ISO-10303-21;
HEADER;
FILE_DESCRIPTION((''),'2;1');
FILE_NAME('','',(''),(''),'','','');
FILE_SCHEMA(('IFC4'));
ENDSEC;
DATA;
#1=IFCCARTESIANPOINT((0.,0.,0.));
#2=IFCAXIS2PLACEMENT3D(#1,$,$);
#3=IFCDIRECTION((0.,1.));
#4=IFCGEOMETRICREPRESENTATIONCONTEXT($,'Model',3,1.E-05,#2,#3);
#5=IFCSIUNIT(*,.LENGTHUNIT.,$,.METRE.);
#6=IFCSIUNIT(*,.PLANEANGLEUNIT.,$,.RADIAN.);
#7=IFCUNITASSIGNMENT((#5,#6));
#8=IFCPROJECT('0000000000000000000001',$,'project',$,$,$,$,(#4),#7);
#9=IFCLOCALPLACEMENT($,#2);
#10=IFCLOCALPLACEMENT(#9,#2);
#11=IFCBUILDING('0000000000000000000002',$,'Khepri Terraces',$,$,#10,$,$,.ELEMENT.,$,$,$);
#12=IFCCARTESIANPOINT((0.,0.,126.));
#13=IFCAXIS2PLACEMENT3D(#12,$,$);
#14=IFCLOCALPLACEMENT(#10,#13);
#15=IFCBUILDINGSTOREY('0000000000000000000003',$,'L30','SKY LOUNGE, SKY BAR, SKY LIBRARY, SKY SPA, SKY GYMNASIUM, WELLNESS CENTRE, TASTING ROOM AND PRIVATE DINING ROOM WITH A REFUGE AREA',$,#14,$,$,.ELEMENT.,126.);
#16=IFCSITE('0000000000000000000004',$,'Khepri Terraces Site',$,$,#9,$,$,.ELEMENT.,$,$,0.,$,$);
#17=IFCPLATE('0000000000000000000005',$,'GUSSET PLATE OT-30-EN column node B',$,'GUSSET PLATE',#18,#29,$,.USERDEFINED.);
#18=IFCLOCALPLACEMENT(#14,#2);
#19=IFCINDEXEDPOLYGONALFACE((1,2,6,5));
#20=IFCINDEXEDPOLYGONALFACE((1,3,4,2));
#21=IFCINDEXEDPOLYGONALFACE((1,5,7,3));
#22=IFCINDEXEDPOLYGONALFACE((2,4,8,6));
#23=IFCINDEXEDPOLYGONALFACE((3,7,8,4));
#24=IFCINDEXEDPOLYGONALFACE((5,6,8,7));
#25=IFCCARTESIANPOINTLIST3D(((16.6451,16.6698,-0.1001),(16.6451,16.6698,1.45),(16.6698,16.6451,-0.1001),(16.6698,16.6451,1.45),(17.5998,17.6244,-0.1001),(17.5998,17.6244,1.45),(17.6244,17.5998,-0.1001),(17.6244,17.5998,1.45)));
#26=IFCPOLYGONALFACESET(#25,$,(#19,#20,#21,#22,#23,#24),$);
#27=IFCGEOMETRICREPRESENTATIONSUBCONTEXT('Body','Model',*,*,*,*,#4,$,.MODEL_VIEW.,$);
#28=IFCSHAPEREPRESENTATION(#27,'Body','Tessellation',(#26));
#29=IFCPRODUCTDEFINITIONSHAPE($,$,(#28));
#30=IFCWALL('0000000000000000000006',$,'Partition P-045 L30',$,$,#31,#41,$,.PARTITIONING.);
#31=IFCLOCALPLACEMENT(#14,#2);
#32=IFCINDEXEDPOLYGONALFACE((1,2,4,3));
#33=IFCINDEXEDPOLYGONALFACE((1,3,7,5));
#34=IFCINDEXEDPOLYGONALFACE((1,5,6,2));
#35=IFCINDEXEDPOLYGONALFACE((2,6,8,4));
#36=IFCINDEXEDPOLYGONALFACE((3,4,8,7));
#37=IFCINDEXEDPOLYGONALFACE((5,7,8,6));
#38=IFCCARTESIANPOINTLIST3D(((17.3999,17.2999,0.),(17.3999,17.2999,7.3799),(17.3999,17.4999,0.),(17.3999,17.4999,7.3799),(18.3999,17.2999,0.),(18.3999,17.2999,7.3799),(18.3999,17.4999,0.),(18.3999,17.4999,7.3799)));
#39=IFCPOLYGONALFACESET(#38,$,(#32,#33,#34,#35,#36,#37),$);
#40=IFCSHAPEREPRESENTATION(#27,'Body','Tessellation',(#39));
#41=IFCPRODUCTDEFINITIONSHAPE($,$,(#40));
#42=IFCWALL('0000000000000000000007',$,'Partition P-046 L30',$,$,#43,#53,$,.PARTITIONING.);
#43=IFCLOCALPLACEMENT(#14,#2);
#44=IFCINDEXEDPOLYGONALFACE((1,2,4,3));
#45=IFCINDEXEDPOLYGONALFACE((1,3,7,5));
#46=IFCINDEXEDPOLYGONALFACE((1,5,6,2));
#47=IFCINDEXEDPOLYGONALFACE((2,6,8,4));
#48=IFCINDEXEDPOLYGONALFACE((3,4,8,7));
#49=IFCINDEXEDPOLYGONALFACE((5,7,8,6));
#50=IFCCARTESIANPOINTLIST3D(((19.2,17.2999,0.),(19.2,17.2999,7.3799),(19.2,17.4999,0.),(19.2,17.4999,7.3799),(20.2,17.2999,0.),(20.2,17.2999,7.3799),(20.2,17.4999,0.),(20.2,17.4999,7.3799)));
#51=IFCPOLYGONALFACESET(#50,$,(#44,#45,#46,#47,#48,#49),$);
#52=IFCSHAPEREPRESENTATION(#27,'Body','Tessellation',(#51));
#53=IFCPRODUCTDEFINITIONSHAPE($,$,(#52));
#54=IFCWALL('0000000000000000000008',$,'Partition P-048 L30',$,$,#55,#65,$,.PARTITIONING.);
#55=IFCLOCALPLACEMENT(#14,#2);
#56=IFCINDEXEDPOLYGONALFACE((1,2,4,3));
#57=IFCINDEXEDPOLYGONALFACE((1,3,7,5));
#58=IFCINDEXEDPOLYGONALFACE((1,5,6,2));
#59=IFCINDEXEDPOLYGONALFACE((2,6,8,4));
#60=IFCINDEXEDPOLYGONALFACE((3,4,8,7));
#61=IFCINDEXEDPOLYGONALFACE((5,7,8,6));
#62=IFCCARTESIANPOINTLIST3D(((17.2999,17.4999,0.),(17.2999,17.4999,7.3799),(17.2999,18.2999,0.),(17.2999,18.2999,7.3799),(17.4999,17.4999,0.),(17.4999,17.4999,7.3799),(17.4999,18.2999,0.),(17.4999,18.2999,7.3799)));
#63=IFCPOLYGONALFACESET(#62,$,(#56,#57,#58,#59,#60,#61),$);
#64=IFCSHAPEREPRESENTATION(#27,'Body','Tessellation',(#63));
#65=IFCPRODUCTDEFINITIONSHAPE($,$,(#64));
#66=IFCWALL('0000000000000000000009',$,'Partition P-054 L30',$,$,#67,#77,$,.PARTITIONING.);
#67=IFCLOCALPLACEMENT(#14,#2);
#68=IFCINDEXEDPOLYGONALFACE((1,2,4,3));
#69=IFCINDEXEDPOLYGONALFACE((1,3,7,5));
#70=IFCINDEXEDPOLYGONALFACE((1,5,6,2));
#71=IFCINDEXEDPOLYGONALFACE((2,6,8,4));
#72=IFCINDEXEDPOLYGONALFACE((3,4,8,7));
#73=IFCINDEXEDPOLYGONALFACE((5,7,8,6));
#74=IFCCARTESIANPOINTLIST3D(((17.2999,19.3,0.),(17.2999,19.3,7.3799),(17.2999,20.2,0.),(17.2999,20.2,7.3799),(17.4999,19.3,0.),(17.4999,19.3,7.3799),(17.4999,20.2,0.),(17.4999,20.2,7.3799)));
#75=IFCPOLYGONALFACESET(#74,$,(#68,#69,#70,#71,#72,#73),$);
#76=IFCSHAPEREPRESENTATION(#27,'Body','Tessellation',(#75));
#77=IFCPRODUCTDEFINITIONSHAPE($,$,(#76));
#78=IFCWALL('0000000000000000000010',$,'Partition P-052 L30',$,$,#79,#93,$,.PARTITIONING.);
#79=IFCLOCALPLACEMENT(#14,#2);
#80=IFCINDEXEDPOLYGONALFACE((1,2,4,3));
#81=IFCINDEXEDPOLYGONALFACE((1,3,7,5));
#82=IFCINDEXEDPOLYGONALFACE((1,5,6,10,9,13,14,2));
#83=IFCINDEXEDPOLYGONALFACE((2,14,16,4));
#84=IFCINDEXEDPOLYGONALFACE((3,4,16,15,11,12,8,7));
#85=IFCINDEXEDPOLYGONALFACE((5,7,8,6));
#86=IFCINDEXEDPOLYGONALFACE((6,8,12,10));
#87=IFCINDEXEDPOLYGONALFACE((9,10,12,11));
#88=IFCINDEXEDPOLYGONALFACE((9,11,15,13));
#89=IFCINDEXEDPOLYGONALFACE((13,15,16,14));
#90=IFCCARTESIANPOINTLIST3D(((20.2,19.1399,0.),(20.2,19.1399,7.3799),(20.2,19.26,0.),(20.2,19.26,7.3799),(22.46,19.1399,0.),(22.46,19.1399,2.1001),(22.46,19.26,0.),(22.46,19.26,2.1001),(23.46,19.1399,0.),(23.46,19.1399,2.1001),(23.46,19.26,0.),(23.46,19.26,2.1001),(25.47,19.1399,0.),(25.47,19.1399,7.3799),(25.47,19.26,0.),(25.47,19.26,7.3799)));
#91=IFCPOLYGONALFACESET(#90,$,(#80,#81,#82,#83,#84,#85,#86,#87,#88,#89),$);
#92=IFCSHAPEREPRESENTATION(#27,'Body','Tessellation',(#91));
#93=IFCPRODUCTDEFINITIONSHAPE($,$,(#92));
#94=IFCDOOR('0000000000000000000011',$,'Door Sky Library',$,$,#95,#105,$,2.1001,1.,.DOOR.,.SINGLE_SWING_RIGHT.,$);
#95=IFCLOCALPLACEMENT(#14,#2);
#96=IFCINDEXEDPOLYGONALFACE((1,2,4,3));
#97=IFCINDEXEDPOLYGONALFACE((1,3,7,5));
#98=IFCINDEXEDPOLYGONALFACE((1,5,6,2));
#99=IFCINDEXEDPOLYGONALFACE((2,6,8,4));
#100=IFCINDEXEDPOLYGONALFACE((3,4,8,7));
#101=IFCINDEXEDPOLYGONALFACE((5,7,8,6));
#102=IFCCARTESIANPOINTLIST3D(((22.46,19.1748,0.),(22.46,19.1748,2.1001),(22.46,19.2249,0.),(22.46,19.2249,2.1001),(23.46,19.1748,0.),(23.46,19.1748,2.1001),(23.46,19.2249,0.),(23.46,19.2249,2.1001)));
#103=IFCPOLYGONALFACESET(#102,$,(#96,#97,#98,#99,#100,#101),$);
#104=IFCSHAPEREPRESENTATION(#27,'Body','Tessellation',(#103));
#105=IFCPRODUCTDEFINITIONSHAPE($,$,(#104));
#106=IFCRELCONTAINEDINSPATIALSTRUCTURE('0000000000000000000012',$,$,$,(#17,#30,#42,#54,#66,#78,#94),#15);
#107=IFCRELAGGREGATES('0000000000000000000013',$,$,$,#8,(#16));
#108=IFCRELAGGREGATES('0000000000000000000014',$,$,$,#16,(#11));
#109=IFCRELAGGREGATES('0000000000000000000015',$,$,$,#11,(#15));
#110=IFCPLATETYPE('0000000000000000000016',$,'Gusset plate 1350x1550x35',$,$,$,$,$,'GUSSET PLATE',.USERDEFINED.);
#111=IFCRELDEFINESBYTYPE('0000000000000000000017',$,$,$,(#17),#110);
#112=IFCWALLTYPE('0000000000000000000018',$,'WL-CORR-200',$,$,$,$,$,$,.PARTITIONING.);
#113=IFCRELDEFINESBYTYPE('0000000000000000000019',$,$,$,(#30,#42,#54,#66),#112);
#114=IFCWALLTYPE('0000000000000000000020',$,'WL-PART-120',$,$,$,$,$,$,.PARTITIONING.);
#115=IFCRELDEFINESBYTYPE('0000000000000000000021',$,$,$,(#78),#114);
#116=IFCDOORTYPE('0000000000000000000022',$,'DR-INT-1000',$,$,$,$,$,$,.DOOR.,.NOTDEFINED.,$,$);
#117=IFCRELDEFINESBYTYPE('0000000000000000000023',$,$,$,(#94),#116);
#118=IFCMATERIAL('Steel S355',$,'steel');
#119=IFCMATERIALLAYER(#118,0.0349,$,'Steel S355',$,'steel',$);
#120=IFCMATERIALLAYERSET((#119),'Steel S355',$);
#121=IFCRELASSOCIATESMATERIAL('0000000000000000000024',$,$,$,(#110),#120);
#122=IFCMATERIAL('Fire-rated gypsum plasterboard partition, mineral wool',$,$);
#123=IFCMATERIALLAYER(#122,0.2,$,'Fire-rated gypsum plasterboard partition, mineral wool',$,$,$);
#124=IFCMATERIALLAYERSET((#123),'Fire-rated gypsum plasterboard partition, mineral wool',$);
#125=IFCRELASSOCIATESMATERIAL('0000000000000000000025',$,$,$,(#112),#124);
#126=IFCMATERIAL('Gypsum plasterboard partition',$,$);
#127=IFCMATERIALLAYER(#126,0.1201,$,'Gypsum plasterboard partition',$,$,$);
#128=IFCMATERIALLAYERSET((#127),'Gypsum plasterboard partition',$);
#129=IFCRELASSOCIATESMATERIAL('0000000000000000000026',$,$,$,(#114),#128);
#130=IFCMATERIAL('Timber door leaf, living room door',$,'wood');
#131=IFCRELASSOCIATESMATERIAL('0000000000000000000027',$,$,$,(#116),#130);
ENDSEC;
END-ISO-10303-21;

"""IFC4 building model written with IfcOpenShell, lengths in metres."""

from ifc_helpers import new_model, si_unit, direction, frame, frame_2d, origin, origin_2d, place, context, subcontext, project, spatial, rectangle, extrude, material, layer, layer_set, type_object, element, fill, save


model = new_model("IFC4")

# Units and contexts
model_context = context("Model", 3, precision=1e-05, world=origin(), true_north=direction((0.0, 1.0)))
body_context = subcontext(model_context, "Body", "Model", "MODEL_VIEW")
ifc_project = project(units=[si_unit("LENGTHUNIT", "METRE"), si_unit("PLANEANGLEUNIT", "RADIAN")], contexts=[model_context])

# Site, building, storey
site_placement = place(None, origin())
site = spatial("IfcSite", under=ifc_project, at=site_placement, Name="Khepri Terraces Site", CompositionType="ELEMENT", RefElevation=0.0)
building_placement = place(site_placement, origin())
building = spatial("IfcBuilding", under=site, at=building_placement, Name="Khepri Terraces", CompositionType="ELEMENT")
storey_placement = place(building_placement, frame((0.0, 0.0, 126.0)))
storey = spatial("IfcBuildingStorey", under=building, at=storey_placement, Name="L30", Description="SKY LOUNGE, SKY BAR, SKY LIBRARY, SKY SPA, SKY GYMNASIUM, WELLNESS CENTRE, TASTING ROOM AND PRIVATE DINING ROOM WITH A REFUGE AREA", CompositionType="ELEMENT", Elevation=126.0)

# Shared definitions
ifc_material_1 = material(Name="Steel S355", Category="steel")

# Plate
ifc_layer_1 = layer(ifc_material_1, 0.0349, Name="Steel S355", Category="steel")
ifc_layer_set_1 = layer_set([ifc_layer_1], Name="Steel S355")
plate_type_1 = type_object("IfcPlateType", Name="Gusset plate 1350x1550x35", ElementType="GUSSET PLATE", PredefinedType="USERDEFINED", material=ifc_layer_set_1)
plate_1_placement = place(storey_placement, frame((17.1348, 17.1348, -0.1001), z_axis=(0.0, 0.0, 1.0), x_axis=(0.707107, 0.707107, 0.0)))
element("IfcPlate", 1, at=plate_1_placement, inside=storey, type_object=plate_type_1, Name="GUSSET PLATE OT-30-EN column node B", ObjectType="GUSSET PLATE", PredefinedType="USERDEFINED", context=body_context, shape_type="SweptSolid", body=[
    extrude(rectangle(XDim=1.3501, YDim=0.0349, at=origin_2d()), origin(), (0.0, 0.0, 1.0), 1.55),
])

# Walls
ifc_material_2 = material(Name="Fire-rated gypsum plasterboard partition, mineral wool")
ifc_layer_2 = layer(ifc_material_2, 0.2, Name="Fire-rated gypsum plasterboard partition, mineral wool")
ifc_layer_set_2 = layer_set([ifc_layer_2], Name="Fire-rated gypsum plasterboard partition, mineral wool")
wall_type_1 = type_object("IfcWallType", Name="WL-CORR-200", PredefinedType="PARTITIONING", material=ifc_layer_set_2)
for number, where, z_axis, x_axis, name in (
    (2, (17.3999, 17.3999, 0.0), (0.0, 0.0, 1.0), (1.0, 0.0, 0.0), "Partition P-045 L30"),
    (3, (19.2, 17.3999, 0.0), (0.0, 0.0, 1.0), (1.0, 0.0, 0.0), "Partition P-046 L30"),
):
    element("IfcWall", number, at=place(storey_placement, frame(where, z_axis=z_axis, x_axis=x_axis)), inside=storey, type_object=wall_type_1, Name=name, PredefinedType="PARTITIONING", context=body_context, shape_type="SweptSolid", body=[
        extrude(rectangle(XDim=1.0, YDim=0.2, at=frame_2d((0.5, 0.0))), origin(), (0.0, 0.0, 1.0), 7.3799),
    ])
wall_1_placement = place(storey_placement, frame((17.3999, 17.5, 0.0), z_axis=(0.0, 0.0, 1.0), x_axis=(0.0, 1.0, 0.0)))
element("IfcWall", 4, at=wall_1_placement, inside=storey, type_object=wall_type_1, Name="Partition P-048 L30", PredefinedType="PARTITIONING", context=body_context, shape_type="SweptSolid", body=[
    extrude(rectangle(XDim=0.8, YDim=0.2, at=frame_2d((0.3999, 0.0))), origin(), (0.0, 0.0, 1.0), 7.3799),
])
wall_2_placement = place(storey_placement, frame((17.3999, 19.3, 0.0), z_axis=(0.0, 0.0, 1.0), x_axis=(0.0, 1.0, 0.0)))
element("IfcWall", 5, at=wall_2_placement, inside=storey, type_object=wall_type_1, Name="Partition P-054 L30", PredefinedType="PARTITIONING", context=body_context, shape_type="SweptSolid", body=[
    extrude(rectangle(XDim=0.8999, YDim=0.2, at=frame_2d((0.45, 0.0))), origin(), (0.0, 0.0, 1.0), 7.3799),
])

# Wall, opening, door
ifc_material_3 = material(Name="Gypsum plasterboard partition")
ifc_layer_3 = layer(ifc_material_3, 0.1201, Name="Gypsum plasterboard partition")
ifc_layer_set_3 = layer_set([ifc_layer_3], Name="Gypsum plasterboard partition")
wall_type_2 = type_object("IfcWallType", Name="WL-PART-120", PredefinedType="PARTITIONING", material=ifc_layer_set_3)
wall_3_placement = place(storey_placement, frame((20.2, 19.2, 0.0), z_axis=(0.0, 0.0, 1.0), x_axis=(1.0, 0.0, 0.0)))
wall_3 = element("IfcWall", 6, at=wall_3_placement, inside=storey, type_object=wall_type_2, Name="Partition P-052 L30", PredefinedType="PARTITIONING", context=body_context, shape_type="SweptSolid", body=[
    extrude(rectangle(XDim=5.27, YDim=0.1201, at=frame_2d((2.635, 0.0))), origin(), (0.0, 0.0, 1.0), 7.3799),
])
opening_placement = place(wall_3_placement, frame((2.26, 0.0, 0.0)))
opening = element("IfcOpeningElement", 7, at=opening_placement, cuts=wall_3, PredefinedType="OPENING", context=body_context, shape_type="SweptSolid", body=[
    extrude(rectangle(XDim=1.0, YDim=2.1001, at=frame_2d((0.5, 1.05))), frame((0.0, 0.0701, 0.0), z_axis=(0.0, -1.0, 0.0), x_axis=(1.0, 0.0, 0.0)), (0.0, 0.0, 1.0), 0.1401),
])
ifc_material_4 = material(Name="Timber door leaf, living room door", Category="wood")
door_type = type_object("IfcDoorType", Name="DR-INT-1000", OperationType="NOTDEFINED", PredefinedType="DOOR", material=ifc_material_4)
door_placement = place(opening_placement, origin())
door = element("IfcDoor", 8, at=door_placement, inside=storey, type_object=door_type, Name="Door Sky Library", OperationType="SINGLE_SWING_RIGHT", OverallHeight=2.1001, OverallWidth=1.0, PredefinedType="DOOR", context=body_context, shape_type="SweptSolid", body=[
    extrude(rectangle(XDim=1.0, YDim=2.1001, at=frame_2d((0.5, 1.05))), frame((0.0, 0.0249, 0.0), z_axis=(0.0, -1.0, 0.0), x_axis=(1.0, 0.0, 0.0)), (0.0, 0.0, 1.0), 0.05),
])
fill(opening, door)

save(model, "model.ifc")
